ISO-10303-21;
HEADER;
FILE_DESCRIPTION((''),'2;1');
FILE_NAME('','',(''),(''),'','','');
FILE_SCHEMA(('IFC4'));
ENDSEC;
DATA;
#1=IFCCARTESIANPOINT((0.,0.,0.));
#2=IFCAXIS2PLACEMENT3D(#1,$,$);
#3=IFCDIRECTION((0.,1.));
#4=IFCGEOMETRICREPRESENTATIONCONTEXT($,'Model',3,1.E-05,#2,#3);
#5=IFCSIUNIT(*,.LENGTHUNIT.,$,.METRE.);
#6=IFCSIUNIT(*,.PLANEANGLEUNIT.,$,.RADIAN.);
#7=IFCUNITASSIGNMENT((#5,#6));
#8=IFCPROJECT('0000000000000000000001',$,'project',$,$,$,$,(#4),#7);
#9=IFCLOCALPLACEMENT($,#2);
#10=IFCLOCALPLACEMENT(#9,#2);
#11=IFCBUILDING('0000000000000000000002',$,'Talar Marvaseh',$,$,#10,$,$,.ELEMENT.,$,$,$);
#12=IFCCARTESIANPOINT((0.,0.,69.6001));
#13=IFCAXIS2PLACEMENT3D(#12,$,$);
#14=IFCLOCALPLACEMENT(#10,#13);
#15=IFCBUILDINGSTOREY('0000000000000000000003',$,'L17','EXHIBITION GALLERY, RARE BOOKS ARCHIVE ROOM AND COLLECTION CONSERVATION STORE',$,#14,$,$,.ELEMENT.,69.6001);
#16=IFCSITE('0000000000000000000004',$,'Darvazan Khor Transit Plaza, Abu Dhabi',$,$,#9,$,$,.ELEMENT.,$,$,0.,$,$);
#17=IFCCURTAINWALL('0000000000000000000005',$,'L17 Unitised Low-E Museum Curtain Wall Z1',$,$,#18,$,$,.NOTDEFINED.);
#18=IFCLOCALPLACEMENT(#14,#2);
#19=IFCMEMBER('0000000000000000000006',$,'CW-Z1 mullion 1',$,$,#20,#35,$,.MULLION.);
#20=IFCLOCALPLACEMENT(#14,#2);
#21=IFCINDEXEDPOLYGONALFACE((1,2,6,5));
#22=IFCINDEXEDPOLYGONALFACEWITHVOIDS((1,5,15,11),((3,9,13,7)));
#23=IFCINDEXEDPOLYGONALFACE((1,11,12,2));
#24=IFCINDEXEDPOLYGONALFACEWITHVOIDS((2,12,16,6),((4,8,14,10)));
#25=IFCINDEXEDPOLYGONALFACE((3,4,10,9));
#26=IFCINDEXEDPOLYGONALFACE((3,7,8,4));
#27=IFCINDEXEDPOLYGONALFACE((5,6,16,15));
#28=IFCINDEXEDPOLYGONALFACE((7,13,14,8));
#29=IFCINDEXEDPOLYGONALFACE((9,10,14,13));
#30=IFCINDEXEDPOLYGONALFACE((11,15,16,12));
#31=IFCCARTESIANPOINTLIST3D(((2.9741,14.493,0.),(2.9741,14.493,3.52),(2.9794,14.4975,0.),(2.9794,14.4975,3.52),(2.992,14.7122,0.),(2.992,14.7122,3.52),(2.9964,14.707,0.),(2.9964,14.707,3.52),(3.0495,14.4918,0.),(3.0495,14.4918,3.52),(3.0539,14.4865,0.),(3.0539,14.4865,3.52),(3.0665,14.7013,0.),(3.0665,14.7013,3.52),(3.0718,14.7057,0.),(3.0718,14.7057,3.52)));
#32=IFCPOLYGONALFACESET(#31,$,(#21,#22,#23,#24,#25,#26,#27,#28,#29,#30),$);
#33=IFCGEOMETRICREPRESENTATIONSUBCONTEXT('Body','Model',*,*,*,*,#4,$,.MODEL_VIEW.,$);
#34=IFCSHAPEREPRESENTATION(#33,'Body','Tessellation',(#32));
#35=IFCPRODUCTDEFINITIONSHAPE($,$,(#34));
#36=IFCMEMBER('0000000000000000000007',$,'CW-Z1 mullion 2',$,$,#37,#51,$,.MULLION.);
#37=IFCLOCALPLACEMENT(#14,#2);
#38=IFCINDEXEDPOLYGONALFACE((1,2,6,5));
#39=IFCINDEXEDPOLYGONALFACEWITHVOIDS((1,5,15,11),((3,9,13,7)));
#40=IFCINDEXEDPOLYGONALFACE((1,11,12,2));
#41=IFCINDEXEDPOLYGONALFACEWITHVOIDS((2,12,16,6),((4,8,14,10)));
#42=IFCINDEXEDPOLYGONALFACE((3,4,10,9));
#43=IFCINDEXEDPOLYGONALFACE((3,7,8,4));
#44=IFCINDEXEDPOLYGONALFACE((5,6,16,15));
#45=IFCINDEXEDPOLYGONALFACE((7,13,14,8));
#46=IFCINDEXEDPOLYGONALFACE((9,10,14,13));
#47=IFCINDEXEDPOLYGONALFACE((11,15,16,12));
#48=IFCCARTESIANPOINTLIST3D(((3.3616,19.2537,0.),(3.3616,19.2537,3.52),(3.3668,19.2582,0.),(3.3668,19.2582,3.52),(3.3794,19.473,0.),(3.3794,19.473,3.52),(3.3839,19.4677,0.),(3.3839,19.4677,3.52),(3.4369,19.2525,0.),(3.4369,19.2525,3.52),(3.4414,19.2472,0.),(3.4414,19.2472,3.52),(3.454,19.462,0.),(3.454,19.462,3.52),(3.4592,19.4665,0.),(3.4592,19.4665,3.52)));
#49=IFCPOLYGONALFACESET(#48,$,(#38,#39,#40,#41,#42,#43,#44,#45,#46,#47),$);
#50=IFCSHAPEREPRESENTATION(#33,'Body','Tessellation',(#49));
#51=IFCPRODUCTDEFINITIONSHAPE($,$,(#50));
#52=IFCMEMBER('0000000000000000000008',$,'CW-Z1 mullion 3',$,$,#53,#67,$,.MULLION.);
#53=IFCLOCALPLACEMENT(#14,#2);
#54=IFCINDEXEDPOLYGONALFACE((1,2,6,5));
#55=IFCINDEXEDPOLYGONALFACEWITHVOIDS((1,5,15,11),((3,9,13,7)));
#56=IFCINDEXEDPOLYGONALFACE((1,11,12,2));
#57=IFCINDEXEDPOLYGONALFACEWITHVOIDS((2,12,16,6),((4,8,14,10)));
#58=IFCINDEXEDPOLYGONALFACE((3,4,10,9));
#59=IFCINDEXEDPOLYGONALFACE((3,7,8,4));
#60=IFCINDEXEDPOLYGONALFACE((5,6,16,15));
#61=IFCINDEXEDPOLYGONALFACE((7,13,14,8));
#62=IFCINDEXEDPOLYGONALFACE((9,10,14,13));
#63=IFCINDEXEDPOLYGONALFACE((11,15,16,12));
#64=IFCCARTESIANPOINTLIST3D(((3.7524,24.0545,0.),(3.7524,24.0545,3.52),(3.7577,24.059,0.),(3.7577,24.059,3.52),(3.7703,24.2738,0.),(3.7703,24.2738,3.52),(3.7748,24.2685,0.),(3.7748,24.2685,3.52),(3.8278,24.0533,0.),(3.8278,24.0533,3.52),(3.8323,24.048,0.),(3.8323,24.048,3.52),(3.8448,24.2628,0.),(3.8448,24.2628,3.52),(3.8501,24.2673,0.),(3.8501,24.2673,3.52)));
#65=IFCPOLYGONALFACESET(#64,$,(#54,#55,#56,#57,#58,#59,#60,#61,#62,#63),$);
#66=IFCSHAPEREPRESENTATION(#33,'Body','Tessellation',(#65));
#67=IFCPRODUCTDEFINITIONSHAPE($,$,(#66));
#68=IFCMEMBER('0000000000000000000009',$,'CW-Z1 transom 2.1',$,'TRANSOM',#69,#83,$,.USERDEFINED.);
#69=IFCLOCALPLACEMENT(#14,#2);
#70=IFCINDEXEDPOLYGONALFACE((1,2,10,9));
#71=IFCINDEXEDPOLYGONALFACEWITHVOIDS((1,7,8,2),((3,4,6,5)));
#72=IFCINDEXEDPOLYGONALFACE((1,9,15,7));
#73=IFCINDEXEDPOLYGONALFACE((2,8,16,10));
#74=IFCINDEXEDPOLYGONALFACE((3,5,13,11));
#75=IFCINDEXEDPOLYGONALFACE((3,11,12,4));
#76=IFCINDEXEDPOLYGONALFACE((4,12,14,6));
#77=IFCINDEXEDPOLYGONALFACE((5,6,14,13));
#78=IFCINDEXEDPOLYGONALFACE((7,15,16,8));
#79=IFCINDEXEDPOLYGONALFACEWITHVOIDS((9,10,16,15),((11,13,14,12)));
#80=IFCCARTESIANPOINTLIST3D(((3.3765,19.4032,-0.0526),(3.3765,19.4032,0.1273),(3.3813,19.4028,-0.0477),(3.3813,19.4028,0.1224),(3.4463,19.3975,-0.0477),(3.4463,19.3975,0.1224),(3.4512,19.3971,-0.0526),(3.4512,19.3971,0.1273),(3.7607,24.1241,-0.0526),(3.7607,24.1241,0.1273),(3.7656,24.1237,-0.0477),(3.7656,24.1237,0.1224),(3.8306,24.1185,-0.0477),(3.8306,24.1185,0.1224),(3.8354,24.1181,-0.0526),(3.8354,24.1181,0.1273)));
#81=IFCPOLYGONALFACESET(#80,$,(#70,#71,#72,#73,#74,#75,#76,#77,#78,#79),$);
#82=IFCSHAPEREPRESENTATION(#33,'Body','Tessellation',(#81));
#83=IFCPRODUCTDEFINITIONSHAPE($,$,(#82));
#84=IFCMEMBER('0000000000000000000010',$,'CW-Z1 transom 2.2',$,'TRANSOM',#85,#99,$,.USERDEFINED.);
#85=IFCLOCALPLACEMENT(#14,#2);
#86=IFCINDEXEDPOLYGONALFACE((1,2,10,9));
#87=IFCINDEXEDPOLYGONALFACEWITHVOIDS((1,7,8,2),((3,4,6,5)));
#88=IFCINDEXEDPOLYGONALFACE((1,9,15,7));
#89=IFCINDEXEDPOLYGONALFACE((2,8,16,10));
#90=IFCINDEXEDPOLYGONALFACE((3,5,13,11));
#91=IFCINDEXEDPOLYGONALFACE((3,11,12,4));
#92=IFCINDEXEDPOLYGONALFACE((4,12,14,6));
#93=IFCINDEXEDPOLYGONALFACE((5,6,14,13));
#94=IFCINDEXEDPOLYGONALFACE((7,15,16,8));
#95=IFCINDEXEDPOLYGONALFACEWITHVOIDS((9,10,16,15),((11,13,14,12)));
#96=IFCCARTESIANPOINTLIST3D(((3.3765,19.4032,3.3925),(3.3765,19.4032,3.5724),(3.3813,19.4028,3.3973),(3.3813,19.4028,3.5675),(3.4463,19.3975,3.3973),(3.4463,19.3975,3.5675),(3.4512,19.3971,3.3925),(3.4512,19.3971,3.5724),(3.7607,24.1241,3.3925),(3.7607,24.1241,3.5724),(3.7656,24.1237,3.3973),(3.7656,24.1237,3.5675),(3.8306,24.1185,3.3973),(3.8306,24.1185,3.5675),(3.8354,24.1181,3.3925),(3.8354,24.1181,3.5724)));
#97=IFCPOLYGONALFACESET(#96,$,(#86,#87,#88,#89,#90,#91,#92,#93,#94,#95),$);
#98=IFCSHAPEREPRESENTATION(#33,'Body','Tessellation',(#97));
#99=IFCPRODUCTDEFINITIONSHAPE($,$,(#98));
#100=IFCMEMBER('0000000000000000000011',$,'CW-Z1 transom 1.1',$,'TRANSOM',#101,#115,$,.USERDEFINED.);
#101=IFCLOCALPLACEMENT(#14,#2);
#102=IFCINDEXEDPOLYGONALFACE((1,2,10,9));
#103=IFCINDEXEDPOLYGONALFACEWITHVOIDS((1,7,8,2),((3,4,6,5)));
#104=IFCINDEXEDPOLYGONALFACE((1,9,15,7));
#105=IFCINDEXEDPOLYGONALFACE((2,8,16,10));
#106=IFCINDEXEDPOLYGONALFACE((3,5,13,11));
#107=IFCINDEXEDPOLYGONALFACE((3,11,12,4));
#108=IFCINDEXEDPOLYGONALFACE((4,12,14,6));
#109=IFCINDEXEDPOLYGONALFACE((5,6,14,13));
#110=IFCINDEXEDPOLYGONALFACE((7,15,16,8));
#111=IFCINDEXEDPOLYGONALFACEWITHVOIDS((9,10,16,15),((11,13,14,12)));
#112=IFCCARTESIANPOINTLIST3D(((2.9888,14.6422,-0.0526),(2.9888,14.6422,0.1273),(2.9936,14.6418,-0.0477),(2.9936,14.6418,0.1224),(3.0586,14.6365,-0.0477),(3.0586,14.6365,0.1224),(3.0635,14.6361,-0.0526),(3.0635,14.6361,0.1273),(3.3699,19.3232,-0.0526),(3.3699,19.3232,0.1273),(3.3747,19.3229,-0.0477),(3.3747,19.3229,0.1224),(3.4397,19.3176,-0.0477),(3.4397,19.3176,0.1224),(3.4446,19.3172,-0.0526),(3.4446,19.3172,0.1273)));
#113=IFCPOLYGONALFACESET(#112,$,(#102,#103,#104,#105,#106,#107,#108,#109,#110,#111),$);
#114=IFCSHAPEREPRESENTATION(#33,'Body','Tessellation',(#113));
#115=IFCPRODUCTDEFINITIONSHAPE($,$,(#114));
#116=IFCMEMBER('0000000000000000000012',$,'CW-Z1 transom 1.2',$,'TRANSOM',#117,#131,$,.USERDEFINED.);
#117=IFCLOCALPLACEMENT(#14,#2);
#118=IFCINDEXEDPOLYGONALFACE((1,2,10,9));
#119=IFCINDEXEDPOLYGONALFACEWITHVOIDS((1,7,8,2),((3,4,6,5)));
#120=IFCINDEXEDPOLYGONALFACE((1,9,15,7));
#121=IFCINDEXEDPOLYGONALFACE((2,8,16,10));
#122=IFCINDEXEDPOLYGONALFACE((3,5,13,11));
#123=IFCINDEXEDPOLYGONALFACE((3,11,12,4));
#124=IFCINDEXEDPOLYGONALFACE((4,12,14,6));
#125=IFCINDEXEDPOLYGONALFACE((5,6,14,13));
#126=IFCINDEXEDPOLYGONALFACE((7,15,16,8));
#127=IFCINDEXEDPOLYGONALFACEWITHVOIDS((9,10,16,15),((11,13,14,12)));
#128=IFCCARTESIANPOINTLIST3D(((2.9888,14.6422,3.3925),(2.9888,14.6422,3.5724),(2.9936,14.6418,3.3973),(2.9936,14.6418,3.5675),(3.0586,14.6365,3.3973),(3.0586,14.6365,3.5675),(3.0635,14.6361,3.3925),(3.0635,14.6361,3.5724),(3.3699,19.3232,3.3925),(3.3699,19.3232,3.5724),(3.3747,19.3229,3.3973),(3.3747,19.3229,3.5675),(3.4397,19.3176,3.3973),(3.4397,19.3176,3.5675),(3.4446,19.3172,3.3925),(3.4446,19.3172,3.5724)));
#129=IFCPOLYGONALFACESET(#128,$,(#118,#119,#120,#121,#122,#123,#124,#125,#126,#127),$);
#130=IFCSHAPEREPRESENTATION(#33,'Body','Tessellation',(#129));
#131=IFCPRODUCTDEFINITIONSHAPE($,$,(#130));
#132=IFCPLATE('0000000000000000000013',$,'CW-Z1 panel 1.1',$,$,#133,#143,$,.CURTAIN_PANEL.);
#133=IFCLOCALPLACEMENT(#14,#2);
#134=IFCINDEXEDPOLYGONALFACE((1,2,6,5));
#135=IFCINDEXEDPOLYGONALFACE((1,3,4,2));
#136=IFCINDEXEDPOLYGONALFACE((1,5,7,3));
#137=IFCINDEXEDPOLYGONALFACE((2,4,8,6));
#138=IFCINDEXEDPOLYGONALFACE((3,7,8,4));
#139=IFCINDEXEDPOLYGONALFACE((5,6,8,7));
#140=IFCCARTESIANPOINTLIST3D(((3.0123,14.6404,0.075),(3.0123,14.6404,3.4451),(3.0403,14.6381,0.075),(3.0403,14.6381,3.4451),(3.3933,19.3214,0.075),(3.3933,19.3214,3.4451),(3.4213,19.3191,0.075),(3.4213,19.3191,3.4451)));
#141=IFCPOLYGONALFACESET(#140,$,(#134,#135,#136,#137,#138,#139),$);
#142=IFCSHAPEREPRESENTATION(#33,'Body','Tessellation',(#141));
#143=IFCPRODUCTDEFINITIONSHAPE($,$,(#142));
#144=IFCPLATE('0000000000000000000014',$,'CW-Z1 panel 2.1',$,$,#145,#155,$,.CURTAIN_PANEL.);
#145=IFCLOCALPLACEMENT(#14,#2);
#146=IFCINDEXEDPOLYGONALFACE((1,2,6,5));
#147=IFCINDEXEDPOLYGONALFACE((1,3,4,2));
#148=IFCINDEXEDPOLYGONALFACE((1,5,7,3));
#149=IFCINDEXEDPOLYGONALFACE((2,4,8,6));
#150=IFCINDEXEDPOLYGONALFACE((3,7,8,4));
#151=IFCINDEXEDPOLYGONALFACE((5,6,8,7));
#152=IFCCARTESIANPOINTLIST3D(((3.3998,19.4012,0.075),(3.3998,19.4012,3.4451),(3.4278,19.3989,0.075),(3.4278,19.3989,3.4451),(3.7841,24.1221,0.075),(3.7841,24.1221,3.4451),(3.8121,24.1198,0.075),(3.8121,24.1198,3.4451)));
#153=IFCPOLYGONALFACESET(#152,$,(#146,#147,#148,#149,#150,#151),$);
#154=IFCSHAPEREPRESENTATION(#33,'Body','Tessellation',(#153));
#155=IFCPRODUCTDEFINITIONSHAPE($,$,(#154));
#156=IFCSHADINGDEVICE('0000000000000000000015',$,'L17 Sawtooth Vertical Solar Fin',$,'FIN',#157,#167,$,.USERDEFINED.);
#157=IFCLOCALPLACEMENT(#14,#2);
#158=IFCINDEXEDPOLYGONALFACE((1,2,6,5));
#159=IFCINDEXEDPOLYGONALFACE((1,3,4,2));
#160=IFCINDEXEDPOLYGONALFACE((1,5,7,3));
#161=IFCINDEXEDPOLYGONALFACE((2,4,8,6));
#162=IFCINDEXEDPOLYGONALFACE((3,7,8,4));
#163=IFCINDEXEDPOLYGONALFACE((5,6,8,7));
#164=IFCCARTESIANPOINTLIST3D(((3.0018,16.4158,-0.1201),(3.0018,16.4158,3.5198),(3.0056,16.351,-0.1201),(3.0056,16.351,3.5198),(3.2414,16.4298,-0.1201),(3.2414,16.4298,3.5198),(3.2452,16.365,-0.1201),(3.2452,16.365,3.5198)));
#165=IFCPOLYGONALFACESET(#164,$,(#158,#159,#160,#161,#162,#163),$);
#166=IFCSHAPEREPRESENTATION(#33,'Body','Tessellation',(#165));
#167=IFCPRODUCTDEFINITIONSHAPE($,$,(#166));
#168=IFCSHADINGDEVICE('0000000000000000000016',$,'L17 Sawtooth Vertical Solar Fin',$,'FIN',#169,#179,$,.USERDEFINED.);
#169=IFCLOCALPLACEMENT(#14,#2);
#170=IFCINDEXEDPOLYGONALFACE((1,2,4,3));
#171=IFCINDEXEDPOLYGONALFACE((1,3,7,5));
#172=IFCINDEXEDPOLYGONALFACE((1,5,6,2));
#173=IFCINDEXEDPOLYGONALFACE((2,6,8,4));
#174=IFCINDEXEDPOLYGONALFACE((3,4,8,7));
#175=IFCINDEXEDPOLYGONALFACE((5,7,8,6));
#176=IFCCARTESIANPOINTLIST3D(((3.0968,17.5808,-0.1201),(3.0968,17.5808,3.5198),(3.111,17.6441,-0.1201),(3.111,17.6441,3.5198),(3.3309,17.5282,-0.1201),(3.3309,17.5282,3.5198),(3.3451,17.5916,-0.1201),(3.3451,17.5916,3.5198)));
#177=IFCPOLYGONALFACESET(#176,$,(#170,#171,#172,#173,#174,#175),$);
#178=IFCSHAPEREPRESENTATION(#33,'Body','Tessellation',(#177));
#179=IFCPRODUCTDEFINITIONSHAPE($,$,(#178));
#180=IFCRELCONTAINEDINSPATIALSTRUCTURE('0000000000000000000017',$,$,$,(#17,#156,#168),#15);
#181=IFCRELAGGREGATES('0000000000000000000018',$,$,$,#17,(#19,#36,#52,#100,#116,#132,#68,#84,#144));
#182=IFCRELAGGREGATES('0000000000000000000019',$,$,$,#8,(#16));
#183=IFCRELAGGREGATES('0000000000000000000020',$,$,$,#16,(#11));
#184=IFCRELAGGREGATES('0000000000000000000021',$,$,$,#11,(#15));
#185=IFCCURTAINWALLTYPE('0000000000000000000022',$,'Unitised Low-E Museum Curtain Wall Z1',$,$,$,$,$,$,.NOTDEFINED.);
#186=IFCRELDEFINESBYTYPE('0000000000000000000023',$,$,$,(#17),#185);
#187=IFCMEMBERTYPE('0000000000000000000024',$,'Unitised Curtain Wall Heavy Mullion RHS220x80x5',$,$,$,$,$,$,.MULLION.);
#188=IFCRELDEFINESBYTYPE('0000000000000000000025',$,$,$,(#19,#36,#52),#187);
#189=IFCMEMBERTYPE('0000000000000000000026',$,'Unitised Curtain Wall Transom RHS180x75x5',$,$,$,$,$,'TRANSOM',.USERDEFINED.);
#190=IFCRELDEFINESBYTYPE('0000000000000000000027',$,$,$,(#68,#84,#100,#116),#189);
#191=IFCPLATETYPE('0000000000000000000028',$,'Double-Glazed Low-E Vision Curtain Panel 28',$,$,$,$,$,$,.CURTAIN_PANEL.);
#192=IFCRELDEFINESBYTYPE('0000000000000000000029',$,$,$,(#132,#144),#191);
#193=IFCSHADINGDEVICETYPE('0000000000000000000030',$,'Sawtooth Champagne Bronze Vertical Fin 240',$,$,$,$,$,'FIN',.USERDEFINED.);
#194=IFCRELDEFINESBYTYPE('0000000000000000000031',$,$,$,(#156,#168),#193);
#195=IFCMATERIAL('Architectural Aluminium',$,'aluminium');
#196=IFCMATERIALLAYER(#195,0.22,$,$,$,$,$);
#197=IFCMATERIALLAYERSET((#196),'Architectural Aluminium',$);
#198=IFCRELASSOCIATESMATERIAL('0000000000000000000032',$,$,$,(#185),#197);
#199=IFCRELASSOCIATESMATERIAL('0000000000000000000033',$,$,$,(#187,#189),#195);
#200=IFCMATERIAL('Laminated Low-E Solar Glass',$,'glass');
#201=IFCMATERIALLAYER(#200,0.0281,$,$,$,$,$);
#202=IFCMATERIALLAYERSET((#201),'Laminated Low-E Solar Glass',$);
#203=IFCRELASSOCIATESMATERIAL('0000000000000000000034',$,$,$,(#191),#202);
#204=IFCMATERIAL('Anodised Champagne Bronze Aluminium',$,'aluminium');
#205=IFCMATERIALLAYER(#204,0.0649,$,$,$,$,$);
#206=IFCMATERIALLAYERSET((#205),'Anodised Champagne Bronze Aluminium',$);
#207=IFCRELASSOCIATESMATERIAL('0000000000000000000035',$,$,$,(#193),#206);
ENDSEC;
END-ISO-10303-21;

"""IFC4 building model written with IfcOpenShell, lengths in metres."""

from ifc_helpers import new_model, si_unit, direction, frame, origin, origin_2d, place, context, subcontext, project, spatial, rectangle, hollow_rectangle, extrude, source, transform, mapped, material, layer, layer_set, material_profile, profile_set, type_object, type_shapes, element, aggregate, save


model = new_model("IFC4")

# Units and contexts
model_context = context("Model", 3, precision=1e-05, world=origin(), true_north=direction((0.0, 1.0)))
body_context = subcontext(model_context, "Body", "Model", "MODEL_VIEW")
ifc_project = project(units=[si_unit("LENGTHUNIT", "METRE"), si_unit("PLANEANGLEUNIT", "RADIAN")], contexts=[model_context])

# Site, building, storey
site_placement = place(None, origin())
site = spatial("IfcSite", under=ifc_project, at=site_placement, Name="Darvazan Khor Transit Plaza, Abu Dhabi", CompositionType="ELEMENT", RefElevation=0.0)
building_placement = place(site_placement, origin())
building = spatial("IfcBuilding", under=site, at=building_placement, Name="Talar Marvaseh", CompositionType="ELEMENT")
storey_placement = place(building_placement, frame((0.0, 0.0, 69.6001)))
storey = spatial("IfcBuildingStorey", under=building, at=storey_placement, Name="L17", Description="EXHIBITION GALLERY, RARE BOOKS ARCHIVE ROOM AND COLLECTION CONSERVATION STORE", CompositionType="ELEMENT", Elevation=69.6001)

# Curtain wall, members, plates
ifc_material_1 = material(Name="Architectural Aluminium", Category="aluminium")
ifc_layer_1 = layer(ifc_material_1, 0.22)
ifc_layer_set_1 = layer_set([ifc_layer_1], Name="Architectural Aluminium")
curtain_wall_type = type_object("IfcCurtainWallType", Name="Unitised Low-E Museum Curtain Wall Z1", PredefinedType="NOTDEFINED", material=ifc_layer_set_1)
curtain_wall_placement = place(storey_placement, origin())
curtain_wall = element("IfcCurtainWall", 1, at=curtain_wall_placement, inside=storey, type_object=curtain_wall_type, Name="L17 Unitised Low-E Museum Curtain Wall Z1", PredefinedType="NOTDEFINED")
ifc_material_profile_1 = material_profile(ifc_material_1, hollow_rectangle(XDim=0.0801, YDim=0.22, WallThickness=0.0049, at=origin_2d()), Name="RHS220x80x5")
ifc_profile_set_1 = profile_set([ifc_material_profile_1], Name="Architectural Aluminium")
member_type_1 = type_object("IfcMemberType", Name="Unitised Curtain Wall Heavy Mullion RHS220x80x5", PredefinedType="MULLION", material=ifc_profile_set_1)
shared_shape_1 = source(origin(), body_context, "Body", "SweptSolid", [
    extrude(hollow_rectangle(XDim=0.0801, YDim=0.22, WallThickness=0.0049, at=origin_2d()), origin(), (0.0, 0.0, 1.0), 3.52),
])
type_shapes(member_type_1, [shared_shape_1])
member_1_placement = place(storey_placement, frame((3.0229, 14.5994, 0.0), z_axis=(0.0, 0.0, 1.0), x_axis=(-0.996703, 0.081136, 0.0)))
member_1 = element("IfcMember", 2, at=member_1_placement, type_object=member_type_1, Name="CW-Z1 mullion 1", PredefinedType="MULLION", context=body_context, shape_type="MappedRepresentation", body=[
    mapped(shared_shape_1, transform((0.0, 0.0, 0.0), x_axis=(1.0, 0.0, 0.0), y_axis=(0.0, 1.0, 0.0), z_axis=(0.0, 0.0, 1.0), scale=1.0)),
])
member_2_placement = place(storey_placement, frame((3.4104, 19.3601, 0.0), z_axis=(0.0, 0.0, 1.0), x_axis=(-0.996703, 0.081136, 0.0)))
member_2 = element("IfcMember", 3, at=member_2_placement, type_object=member_type_1, Name="CW-Z1 mullion 2", PredefinedType="MULLION", context=body_context, shape_type="MappedRepresentation", body=[
    mapped(shared_shape_1, transform((0.0, 0.0, 0.0), x_axis=(1.0, 0.0, 0.0), y_axis=(0.0, 1.0, 0.0), z_axis=(0.0, 0.0, 1.0), scale=1.0)),
])
member_3_placement = place(storey_placement, frame((3.8013, 24.1609, 0.0), z_axis=(0.0, 0.0, 1.0), x_axis=(-0.996703, 0.081136, 0.0)))
member_3 = element("IfcMember", 4, at=member_3_placement, type_object=member_type_1, Name="CW-Z1 mullion 3", PredefinedType="MULLION", context=body_context, shape_type="MappedRepresentation", body=[
    mapped(shared_shape_1, transform((0.0, 0.0, 0.0), x_axis=(1.0, 0.0, 0.0), y_axis=(0.0, 1.0, 0.0), z_axis=(0.0, 0.0, 1.0), scale=1.0)),
])
ifc_material_profile_2 = material_profile(ifc_material_1, hollow_rectangle(XDim=0.075, YDim=0.1799, WallThickness=0.0049, at=origin_2d()), Name="RHS180x75x5")
ifc_profile_set_2 = profile_set([ifc_material_profile_2], Name="Architectural Aluminium")
member_type_2 = type_object("IfcMemberType", Name="Unitised Curtain Wall Transom RHS180x75x5", ElementType="TRANSOM", PredefinedType="USERDEFINED", material=ifc_profile_set_2)
shared_shape_2 = source(origin(), body_context, "Body", "SweptSolid", [
    extrude(hollow_rectangle(XDim=0.075, YDim=0.1799, WallThickness=0.0049, at=origin_2d()), origin(), (0.0, 0.0, 1.0), 4.7366),
])
member_4_placement = place(storey_placement, frame((3.4138, 19.4001, 0.0374), z_axis=(0.08113, 0.996704, 0.0), x_axis=(-0.996704, 0.08113, 0.0)))
member_4 = element("IfcMember", 5, at=member_4_placement, type_object=member_type_2, Name="CW-Z1 transom 2.1", ObjectType="TRANSOM", PredefinedType="USERDEFINED", context=body_context, shape_type="MappedRepresentation", body=[
    mapped(shared_shape_2, transform((0.0, 0.0, 0.0), x_axis=(1.0, 0.0, 0.0), y_axis=(0.0, 1.0, 0.0), z_axis=(0.0, 0.0, 1.0), scale=1.0)),
])
member_5_placement = place(storey_placement, frame((3.4138, 19.4001, 3.4824), z_axis=(0.08113, 0.996704, 0.0), x_axis=(-0.996704, 0.08113, 0.0)))
member_5 = element("IfcMember", 6, at=member_5_placement, type_object=member_type_2, Name="CW-Z1 transom 2.2", ObjectType="TRANSOM", PredefinedType="USERDEFINED", context=body_context, shape_type="MappedRepresentation", body=[
    mapped(shared_shape_2, transform((0.0, 0.0, 0.0), x_axis=(1.0, 0.0, 0.0), y_axis=(0.0, 1.0, 0.0), z_axis=(0.0, 0.0, 1.0), scale=1.0)),
])
shared_shape_3 = source(origin(), body_context, "Body", "SweptSolid", [
    extrude(hollow_rectangle(XDim=0.075, YDim=0.1799, WallThickness=0.0049, at=origin_2d()), origin(), (0.0, 0.0, 1.0), 4.6965),
])
type_shapes(member_type_2, [shared_shape_2, shared_shape_3])
member_6_placement = place(storey_placement, frame((3.0261, 14.6392, 0.0374), z_axis=(0.081144, 0.996702, 0.0), x_axis=(-0.996702, 0.081144, 0.0)))
member_6 = element("IfcMember", 7, at=member_6_placement, type_object=member_type_2, Name="CW-Z1 transom 1.1", ObjectType="TRANSOM", PredefinedType="USERDEFINED", context=body_context, shape_type="MappedRepresentation", body=[
    mapped(shared_shape_3, transform((0.0, 0.0, 0.0), x_axis=(1.0, 0.0, 0.0), y_axis=(0.0, 1.0, 0.0), z_axis=(0.0, 0.0, 1.0), scale=1.0)),
])
member_7_placement = place(storey_placement, frame((3.0261, 14.6392, 3.4824), z_axis=(0.081144, 0.996702, 0.0), x_axis=(-0.996702, 0.081144, 0.0)))
member_7 = element("IfcMember", 8, at=member_7_placement, type_object=member_type_2, Name="CW-Z1 transom 1.2", ObjectType="TRANSOM", PredefinedType="USERDEFINED", context=body_context, shape_type="MappedRepresentation", body=[
    mapped(shared_shape_3, transform((0.0, 0.0, 0.0), x_axis=(1.0, 0.0, 0.0), y_axis=(0.0, 1.0, 0.0), z_axis=(0.0, 0.0, 1.0), scale=1.0)),
])
ifc_material_2 = material(Name="Laminated Low-E Solar Glass", Category="glass")
ifc_layer_2 = layer(ifc_material_2, 0.0281)
ifc_layer_set_2 = layer_set([ifc_layer_2], Name="Laminated Low-E Solar Glass")
plate_type = type_object("IfcPlateType", Name="Double-Glazed Low-E Vision Curtain Panel 28", PredefinedType="CURTAIN_PANEL", material=ifc_layer_set_2)
shared_shape_4 = source(origin(), body_context, "Body", "SweptSolid", [
    extrude(rectangle(XDim=4.6965, YDim=0.0281, at=origin_2d()), origin(), (0.0, 0.0, 1.0), 3.3701),
])
plate_1_placement = place(storey_placement, frame((3.2168, 16.9797, 0.075), z_axis=(0.0, 0.0, 1.0), x_axis=(0.081136, 0.996703, 0.0)))
plate_1 = element("IfcPlate", 9, at=plate_1_placement, type_object=plate_type, Name="CW-Z1 panel 1.1", PredefinedType="CURTAIN_PANEL", context=body_context, shape_type="MappedRepresentation", body=[
    mapped(shared_shape_4, transform((0.0, 0.0, 0.0), x_axis=(1.0, 0.0, 0.0), y_axis=(0.0, 1.0, 0.0), z_axis=(0.0, 0.0, 1.0), scale=1.0)),
])
shared_shape_5 = source(origin(), body_context, "Body", "SweptSolid", [
    extrude(rectangle(XDim=4.7366, YDim=0.0281, at=origin_2d()), origin(), (0.0, 0.0, 1.0), 3.3701),
])
type_shapes(plate_type, [shared_shape_4, shared_shape_5])
plate_2_placement = place(storey_placement, frame((3.606, 21.7605, 0.075), z_axis=(0.0, 0.0, 1.0), x_axis=(0.081136, 0.996703, 0.0)))
plate_2 = element("IfcPlate", 10, at=plate_2_placement, type_object=plate_type, Name="CW-Z1 panel 2.1", PredefinedType="CURTAIN_PANEL", context=body_context, shape_type="MappedRepresentation", body=[
    mapped(shared_shape_5, transform((0.0, 0.0, 0.0), x_axis=(1.0, 0.0, 0.0), y_axis=(0.0, 1.0, 0.0), z_axis=(0.0, 0.0, 1.0), scale=1.0)),
])
aggregate(curtain_wall, [member_1, member_2, member_3, member_6, member_7, plate_1, member_4, member_5, plate_2])

# Shading devices
ifc_material_3 = material(Name="Anodised Champagne Bronze Aluminium", Category="aluminium")
ifc_layer_3 = layer(ifc_material_3, 0.0649)
ifc_layer_set_3 = layer_set([ifc_layer_3], Name="Anodised Champagne Bronze Aluminium")
shading_device_type_1 = type_object("IfcShadingDeviceType", Name="Sawtooth Champagne Bronze Vertical Fin 240", ElementType="FIN", PredefinedType="USERDEFINED", material=ifc_layer_set_3)
shared_shape_6 = source(origin(), body_context, "Body", "SweptSolid", [
    extrude(rectangle(XDim=0.24, YDim=0.0649, at=origin_2d()), origin(), (0.0, 0.0, 1.0), 3.6399),
])
type_shapes(shading_device_type_1, [shared_shape_6])
for number, where, z_axis, x_axis, name in (
    (11, (3.1235, 16.3904, -0.1201), (0.0, 0.0, 1.0), (-0.998291, -0.058435, 0.0), "L17 Sawtooth Vertical Solar Fin"),
    (12, (3.2209, 17.5862, -0.1201), (0.0, 0.0, 1.0), (-0.975726, 0.218995, 0.0), "L17 Sawtooth Vertical Solar Fin"),
):
    element("IfcShadingDevice", number, at=place(storey_placement, frame(where, z_axis=z_axis, x_axis=x_axis)), inside=storey, type_object=shading_device_type_1, Name=name, ObjectType="FIN", PredefinedType="USERDEFINED", context=body_context, shape_type="MappedRepresentation", body=[
        mapped(shared_shape_6, transform((0.0, 0.0, 0.0), x_axis=(1.0, 0.0, 0.0), y_axis=(0.0, 1.0, 0.0), z_axis=(0.0, 0.0, 1.0), scale=1.0)),
    ])

save(model, "model.ifc")
